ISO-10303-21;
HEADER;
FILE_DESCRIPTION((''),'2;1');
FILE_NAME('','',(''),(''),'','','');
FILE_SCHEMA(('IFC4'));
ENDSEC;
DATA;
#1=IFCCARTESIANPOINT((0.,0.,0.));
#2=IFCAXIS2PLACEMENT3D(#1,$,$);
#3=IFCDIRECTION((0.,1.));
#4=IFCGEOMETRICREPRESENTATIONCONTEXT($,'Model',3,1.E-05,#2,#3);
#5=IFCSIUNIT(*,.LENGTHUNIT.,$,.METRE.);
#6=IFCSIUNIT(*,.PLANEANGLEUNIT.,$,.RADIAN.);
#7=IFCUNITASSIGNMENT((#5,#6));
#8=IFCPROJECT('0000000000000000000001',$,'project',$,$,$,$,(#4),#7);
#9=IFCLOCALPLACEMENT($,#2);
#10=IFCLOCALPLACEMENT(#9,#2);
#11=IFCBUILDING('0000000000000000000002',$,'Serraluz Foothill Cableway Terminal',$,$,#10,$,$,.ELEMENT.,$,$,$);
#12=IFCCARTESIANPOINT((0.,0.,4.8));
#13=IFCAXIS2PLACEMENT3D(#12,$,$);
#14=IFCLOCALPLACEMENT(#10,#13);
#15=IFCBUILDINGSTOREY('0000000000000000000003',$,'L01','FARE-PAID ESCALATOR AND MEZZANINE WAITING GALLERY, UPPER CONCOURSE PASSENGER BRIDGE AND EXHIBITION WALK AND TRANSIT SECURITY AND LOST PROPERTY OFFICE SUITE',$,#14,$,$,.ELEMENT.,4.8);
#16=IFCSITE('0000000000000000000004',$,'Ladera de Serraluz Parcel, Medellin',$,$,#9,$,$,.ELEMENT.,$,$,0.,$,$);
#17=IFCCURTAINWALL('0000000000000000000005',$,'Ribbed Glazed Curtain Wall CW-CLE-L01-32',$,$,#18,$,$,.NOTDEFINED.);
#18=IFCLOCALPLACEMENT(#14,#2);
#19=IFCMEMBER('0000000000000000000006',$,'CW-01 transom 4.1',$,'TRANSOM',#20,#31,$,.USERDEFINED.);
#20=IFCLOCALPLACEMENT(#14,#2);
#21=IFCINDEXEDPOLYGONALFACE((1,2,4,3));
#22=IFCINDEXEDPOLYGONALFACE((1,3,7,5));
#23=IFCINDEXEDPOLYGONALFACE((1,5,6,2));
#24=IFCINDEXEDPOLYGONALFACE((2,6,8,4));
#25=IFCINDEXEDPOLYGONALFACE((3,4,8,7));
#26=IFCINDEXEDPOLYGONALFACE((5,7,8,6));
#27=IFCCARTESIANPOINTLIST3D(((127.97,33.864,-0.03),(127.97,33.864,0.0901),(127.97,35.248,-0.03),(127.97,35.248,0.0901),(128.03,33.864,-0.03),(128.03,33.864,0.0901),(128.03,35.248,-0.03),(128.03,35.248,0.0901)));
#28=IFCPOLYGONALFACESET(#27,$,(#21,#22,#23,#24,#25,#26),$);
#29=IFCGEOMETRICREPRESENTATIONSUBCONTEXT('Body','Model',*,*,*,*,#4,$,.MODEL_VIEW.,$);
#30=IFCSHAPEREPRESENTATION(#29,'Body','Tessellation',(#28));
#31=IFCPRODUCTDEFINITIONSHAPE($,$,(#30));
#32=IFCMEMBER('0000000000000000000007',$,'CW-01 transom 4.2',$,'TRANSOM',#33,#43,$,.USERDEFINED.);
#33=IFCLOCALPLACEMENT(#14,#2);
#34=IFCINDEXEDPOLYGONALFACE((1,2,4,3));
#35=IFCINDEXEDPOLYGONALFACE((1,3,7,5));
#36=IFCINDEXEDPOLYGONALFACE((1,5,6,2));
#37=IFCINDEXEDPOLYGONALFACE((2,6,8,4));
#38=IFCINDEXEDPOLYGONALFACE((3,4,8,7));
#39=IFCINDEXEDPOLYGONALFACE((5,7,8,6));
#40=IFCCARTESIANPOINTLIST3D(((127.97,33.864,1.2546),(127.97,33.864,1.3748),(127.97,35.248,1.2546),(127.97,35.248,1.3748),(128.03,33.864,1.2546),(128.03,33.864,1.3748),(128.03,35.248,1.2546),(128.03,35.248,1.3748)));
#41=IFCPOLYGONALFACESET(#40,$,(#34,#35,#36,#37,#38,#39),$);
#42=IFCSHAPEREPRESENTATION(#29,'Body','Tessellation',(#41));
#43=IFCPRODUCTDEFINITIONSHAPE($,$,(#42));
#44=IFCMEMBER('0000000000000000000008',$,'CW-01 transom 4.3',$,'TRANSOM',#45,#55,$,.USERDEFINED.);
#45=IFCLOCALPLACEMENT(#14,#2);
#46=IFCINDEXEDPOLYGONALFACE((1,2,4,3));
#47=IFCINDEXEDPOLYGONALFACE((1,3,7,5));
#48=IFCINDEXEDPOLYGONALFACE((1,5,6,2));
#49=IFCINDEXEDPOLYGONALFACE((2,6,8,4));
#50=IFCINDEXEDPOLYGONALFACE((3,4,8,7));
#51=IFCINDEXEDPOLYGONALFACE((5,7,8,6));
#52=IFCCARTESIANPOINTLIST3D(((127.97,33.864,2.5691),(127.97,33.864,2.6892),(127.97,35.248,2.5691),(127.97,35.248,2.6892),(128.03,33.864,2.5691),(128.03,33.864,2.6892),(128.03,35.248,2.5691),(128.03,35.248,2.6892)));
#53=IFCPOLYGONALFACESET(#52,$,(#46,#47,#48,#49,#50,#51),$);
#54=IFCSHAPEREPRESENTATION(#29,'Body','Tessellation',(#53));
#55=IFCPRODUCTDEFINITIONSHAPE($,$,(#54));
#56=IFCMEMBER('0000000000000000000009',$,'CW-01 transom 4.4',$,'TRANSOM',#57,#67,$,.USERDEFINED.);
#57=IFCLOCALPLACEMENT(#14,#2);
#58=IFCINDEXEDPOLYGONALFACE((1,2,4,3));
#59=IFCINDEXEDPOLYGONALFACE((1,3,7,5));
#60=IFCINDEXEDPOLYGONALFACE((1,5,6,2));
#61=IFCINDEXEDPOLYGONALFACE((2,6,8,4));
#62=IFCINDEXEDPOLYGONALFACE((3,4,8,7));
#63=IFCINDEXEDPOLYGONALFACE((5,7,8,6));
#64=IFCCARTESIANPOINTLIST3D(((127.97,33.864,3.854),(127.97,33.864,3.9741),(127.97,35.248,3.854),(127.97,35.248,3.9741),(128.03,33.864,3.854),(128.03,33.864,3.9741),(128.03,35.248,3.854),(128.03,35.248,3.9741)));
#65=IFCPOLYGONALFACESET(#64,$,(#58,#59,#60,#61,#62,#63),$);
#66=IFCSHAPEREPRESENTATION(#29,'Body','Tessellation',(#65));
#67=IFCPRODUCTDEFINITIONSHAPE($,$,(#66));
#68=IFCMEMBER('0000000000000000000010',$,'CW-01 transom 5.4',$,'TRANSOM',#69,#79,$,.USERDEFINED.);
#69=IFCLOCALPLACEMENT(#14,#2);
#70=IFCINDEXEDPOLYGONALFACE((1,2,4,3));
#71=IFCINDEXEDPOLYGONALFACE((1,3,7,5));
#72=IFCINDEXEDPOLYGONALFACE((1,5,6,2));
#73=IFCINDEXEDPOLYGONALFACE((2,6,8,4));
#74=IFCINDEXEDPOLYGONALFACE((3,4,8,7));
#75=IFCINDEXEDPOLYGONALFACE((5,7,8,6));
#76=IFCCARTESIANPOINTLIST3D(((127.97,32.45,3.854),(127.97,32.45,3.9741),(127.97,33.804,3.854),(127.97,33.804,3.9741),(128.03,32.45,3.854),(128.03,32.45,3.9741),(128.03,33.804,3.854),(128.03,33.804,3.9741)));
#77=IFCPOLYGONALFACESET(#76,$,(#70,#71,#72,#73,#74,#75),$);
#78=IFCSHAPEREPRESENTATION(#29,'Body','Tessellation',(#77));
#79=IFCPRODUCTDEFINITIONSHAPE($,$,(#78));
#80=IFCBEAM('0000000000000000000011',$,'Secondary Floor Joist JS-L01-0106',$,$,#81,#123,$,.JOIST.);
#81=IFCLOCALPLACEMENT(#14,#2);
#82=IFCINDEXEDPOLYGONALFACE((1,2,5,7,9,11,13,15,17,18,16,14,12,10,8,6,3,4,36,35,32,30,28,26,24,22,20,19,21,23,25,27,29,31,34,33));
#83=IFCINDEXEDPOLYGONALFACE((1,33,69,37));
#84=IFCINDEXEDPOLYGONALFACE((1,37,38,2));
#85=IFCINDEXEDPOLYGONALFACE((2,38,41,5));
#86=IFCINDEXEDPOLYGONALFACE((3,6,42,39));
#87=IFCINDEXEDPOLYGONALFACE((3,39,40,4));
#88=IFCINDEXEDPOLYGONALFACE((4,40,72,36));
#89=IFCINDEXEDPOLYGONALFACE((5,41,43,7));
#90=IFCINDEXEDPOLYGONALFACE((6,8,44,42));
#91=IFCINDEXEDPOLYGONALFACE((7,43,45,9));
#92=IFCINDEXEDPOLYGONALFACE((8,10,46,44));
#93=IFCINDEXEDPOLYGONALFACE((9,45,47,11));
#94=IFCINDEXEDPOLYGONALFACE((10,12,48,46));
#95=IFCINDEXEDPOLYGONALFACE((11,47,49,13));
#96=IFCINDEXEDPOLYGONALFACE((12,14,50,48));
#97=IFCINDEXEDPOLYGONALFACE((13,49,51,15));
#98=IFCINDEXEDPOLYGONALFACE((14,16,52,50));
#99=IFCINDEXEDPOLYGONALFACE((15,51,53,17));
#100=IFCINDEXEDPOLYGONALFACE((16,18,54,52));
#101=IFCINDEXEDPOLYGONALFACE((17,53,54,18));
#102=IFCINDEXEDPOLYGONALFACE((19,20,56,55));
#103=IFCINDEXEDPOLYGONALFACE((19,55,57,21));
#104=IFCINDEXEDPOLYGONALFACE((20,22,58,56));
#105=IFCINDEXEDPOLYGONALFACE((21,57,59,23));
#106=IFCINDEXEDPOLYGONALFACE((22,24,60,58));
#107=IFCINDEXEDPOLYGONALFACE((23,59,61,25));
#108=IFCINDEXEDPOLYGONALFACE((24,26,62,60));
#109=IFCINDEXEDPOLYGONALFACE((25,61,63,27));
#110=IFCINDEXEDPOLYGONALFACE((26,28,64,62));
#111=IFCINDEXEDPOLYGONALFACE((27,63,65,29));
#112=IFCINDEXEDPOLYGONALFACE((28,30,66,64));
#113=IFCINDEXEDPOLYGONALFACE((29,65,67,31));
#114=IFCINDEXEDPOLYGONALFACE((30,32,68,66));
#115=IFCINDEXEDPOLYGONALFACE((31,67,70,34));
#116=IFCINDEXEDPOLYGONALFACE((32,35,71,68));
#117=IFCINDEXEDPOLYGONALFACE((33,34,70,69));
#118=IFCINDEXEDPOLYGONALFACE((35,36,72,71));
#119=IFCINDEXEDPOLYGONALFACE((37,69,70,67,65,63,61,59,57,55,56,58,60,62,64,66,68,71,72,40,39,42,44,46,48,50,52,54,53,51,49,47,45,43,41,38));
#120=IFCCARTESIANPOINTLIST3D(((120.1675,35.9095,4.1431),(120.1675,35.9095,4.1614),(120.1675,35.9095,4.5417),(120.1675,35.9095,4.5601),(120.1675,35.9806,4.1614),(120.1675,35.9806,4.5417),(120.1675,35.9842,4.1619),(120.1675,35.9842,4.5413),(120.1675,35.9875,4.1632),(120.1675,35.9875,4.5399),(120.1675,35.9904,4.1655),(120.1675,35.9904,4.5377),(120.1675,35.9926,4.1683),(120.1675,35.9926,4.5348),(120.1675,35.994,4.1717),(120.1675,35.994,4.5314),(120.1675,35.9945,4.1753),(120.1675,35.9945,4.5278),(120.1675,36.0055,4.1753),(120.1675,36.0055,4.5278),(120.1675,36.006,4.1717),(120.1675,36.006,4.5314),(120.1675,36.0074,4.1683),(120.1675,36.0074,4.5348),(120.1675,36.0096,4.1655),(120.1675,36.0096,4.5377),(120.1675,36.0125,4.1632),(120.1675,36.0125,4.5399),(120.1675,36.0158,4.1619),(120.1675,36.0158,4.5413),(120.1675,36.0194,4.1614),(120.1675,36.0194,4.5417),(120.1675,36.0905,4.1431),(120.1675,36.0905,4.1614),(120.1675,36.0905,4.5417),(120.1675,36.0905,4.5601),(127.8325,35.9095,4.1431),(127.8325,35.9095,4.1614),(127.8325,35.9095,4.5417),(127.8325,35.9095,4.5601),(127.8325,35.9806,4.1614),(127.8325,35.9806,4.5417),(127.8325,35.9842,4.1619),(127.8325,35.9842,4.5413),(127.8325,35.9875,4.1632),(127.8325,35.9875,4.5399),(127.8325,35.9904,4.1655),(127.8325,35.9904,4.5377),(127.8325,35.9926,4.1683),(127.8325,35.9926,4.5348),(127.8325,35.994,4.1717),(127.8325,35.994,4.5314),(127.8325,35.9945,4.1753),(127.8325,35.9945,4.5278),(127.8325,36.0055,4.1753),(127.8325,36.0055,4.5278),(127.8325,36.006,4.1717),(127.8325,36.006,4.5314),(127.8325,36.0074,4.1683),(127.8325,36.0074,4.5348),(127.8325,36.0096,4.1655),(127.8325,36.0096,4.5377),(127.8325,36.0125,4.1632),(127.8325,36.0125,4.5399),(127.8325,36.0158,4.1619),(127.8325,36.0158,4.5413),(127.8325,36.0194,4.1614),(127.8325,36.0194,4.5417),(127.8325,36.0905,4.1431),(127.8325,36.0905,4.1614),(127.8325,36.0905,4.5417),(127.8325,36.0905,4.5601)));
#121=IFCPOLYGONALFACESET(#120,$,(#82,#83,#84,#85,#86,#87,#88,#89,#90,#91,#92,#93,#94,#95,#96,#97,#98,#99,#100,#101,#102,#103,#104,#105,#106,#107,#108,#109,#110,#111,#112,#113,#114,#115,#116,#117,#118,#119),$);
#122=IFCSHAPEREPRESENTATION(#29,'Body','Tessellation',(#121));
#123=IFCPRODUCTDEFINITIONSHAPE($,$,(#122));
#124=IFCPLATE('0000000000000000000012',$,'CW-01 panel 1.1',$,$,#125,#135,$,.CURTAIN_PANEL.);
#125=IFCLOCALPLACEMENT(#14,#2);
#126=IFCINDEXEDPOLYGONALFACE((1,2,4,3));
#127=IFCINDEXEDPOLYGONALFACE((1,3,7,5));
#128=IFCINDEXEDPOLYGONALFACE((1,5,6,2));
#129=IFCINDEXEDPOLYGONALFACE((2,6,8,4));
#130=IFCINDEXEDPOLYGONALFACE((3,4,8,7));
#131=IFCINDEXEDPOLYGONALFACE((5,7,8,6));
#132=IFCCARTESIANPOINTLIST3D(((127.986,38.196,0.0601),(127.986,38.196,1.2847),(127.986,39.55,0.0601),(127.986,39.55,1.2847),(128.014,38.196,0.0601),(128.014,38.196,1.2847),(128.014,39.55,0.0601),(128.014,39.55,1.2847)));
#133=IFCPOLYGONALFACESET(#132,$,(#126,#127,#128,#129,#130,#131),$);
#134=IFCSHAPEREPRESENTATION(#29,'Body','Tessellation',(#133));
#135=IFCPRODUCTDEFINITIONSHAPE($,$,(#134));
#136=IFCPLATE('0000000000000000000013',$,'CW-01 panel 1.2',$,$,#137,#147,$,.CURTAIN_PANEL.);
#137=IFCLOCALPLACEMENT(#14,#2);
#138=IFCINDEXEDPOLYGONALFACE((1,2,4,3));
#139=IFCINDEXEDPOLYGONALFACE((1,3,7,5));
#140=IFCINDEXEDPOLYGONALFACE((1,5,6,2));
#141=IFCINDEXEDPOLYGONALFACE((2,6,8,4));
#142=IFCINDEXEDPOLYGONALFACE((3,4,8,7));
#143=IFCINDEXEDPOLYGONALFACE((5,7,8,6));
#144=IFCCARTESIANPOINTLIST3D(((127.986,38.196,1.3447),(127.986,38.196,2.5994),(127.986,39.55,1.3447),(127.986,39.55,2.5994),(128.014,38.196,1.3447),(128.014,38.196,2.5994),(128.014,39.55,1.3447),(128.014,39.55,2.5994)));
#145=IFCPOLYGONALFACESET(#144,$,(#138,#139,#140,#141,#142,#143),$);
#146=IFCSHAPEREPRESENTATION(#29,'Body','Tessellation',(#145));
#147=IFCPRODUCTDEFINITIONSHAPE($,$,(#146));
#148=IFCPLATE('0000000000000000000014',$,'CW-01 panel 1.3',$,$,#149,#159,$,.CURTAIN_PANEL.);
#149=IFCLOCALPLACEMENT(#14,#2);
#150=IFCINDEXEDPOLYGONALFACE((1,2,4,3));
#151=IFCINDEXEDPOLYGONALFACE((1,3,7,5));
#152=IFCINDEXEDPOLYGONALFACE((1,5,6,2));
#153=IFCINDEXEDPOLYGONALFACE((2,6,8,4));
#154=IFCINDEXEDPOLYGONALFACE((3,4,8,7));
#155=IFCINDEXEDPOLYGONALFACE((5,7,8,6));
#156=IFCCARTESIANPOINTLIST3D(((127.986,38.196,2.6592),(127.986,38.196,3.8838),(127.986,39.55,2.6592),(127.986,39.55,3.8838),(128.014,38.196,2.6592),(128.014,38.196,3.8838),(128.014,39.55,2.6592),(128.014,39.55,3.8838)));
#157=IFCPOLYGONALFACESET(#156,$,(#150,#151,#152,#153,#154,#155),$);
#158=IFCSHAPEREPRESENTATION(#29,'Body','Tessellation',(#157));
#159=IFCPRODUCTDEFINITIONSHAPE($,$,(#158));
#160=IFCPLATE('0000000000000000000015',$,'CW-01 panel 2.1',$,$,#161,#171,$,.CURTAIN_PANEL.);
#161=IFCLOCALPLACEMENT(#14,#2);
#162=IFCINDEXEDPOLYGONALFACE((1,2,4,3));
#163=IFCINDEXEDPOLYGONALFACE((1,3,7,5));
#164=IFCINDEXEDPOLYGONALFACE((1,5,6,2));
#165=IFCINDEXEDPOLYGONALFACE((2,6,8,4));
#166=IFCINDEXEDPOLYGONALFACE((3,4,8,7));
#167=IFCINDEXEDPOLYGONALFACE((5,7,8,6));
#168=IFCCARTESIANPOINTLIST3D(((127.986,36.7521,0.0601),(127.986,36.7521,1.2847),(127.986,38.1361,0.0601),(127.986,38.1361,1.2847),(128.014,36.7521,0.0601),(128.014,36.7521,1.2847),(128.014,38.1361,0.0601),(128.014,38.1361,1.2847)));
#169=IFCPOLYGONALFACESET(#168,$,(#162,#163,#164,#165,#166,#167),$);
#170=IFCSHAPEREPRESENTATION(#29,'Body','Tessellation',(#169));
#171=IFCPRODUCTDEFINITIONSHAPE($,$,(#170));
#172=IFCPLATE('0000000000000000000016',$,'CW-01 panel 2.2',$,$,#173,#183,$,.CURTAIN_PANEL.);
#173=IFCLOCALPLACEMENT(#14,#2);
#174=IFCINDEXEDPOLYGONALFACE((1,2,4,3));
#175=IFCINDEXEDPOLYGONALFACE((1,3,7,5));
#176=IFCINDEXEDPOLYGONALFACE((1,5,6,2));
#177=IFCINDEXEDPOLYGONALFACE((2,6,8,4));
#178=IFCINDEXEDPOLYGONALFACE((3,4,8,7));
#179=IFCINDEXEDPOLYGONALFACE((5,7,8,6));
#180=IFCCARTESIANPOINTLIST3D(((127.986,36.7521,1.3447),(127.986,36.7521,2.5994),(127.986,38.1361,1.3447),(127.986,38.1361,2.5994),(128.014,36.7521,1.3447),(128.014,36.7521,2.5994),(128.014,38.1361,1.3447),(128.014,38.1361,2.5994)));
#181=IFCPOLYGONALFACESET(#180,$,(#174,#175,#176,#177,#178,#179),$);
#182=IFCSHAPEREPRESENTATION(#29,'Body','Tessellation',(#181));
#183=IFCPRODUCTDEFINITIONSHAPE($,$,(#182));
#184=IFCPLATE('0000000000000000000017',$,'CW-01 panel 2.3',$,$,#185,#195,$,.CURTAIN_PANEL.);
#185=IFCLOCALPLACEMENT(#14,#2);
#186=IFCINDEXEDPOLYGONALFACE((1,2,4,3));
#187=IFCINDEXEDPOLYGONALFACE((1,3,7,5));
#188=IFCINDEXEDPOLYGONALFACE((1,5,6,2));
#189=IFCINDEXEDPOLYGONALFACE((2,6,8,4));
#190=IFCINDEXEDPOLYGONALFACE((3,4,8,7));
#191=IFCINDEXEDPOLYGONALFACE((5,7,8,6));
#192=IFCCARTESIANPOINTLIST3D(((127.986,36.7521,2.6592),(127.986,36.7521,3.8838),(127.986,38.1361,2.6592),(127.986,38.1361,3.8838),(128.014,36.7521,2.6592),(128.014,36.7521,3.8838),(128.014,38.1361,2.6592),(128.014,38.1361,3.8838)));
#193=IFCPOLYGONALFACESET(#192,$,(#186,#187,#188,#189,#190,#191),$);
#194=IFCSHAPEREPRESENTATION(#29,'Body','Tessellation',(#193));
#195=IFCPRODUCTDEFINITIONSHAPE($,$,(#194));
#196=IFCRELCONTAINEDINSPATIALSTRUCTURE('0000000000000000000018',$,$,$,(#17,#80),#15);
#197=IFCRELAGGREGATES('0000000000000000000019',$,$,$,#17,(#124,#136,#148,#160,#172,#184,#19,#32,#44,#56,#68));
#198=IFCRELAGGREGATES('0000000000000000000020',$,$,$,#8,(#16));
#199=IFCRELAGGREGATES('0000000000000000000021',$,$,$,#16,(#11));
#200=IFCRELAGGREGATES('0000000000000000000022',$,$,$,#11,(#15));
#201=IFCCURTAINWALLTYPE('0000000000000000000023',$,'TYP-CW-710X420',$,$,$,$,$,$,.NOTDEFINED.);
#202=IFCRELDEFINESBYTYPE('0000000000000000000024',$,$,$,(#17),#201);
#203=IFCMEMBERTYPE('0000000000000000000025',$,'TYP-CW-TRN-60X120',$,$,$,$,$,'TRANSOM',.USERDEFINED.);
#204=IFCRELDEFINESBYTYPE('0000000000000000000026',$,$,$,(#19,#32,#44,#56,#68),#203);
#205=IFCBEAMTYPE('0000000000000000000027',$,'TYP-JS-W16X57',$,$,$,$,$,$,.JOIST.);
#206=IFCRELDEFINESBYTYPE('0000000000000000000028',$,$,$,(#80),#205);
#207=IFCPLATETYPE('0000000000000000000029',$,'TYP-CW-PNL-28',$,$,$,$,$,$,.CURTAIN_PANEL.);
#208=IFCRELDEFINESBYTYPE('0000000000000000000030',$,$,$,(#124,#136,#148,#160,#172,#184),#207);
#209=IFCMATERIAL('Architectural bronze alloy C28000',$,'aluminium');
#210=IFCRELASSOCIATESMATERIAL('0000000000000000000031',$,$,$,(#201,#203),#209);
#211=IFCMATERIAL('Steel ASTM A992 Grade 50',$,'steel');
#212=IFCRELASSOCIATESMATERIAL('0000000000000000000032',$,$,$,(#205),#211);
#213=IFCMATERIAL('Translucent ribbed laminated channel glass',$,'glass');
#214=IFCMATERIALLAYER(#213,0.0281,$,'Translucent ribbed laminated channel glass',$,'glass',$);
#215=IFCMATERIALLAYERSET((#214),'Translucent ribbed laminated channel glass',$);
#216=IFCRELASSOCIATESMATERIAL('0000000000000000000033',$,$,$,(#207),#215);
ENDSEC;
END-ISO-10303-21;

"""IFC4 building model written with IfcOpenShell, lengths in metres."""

from ifc_helpers import new_model, si_unit, direction, frame, origin, origin_2d, place, context, subcontext, project, spatial, rectangle, i_section, extrude, material, layer, layer_set, material_profile, profile_set, type_object, element, aggregate, save


model = new_model("IFC4")

# Units and contexts
model_context = context("Model", 3, precision=1e-05, world=origin(), true_north=direction((0.0, 1.0)))
body_context = subcontext(model_context, "Body", "Model", "MODEL_VIEW")
ifc_project = project(units=[si_unit("LENGTHUNIT", "METRE"), si_unit("PLANEANGLEUNIT", "RADIAN")], contexts=[model_context])

# Site, building, storey
site_placement = place(None, origin())
site = spatial("IfcSite", under=ifc_project, at=site_placement, Name="Ladera de Serraluz Parcel, Medellin", CompositionType="ELEMENT", RefElevation=0.0)
building_placement = place(site_placement, origin())
building = spatial("IfcBuilding", under=site, at=building_placement, Name="Serraluz Foothill Cableway Terminal", CompositionType="ELEMENT")
storey_placement = place(building_placement, frame((0.0, 0.0, 4.8)))
storey = spatial("IfcBuildingStorey", under=building, at=storey_placement, Name="L01", Description="FARE-PAID ESCALATOR AND MEZZANINE WAITING GALLERY, UPPER CONCOURSE PASSENGER BRIDGE AND EXHIBITION WALK AND TRANSIT SECURITY AND LOST PROPERTY OFFICE SUITE", CompositionType="ELEMENT", Elevation=4.8)

# Curtain wall, members
ifc_material_1 = material(Name="Architectural bronze alloy C28000", Category="aluminium")
curtain_wall_type = type_object("IfcCurtainWallType", Name="TYP-CW-710X420", PredefinedType="NOTDEFINED", material=ifc_material_1)
curtain_wall_placement = place(storey_placement, origin())
curtain_wall = element("IfcCurtainWall", 1, at=curtain_wall_placement, inside=storey, type_object=curtain_wall_type, Name="Ribbed Glazed Curtain Wall CW-CLE-L01-32", PredefinedType="NOTDEFINED")
ifc_material_profile_1 = material_profile(ifc_material_1, rectangle(XDim=0.0601, YDim=0.1201, at=origin_2d()), Name="ALU TRANSOM 60x120")
ifc_profile_set_1 = profile_set([ifc_material_profile_1], Name="Architectural bronze alloy C28000")
member_type_1 = type_object("IfcMemberType", Name="TYP-CW-TRN-60X120", ElementType="TRANSOM", PredefinedType="USERDEFINED", material=ifc_profile_set_1)
member_1_placement = place(storey_placement, frame((128.0, 35.248, 0.03), z_axis=(0.0, -1.0, 0.0), x_axis=(1.0, 0.0, 0.0)))
member_1 = element("IfcMember", 2, at=member_1_placement, type_object=member_type_1, Name="CW-01 transom 4.1", ObjectType="TRANSOM", PredefinedType="USERDEFINED", context=body_context, shape_type="SweptSolid", body=[
    extrude(rectangle(XDim=0.0601, YDim=0.1201, at=origin_2d()), origin(), (0.0, 0.0, 1.0), 1.384),
])
member_2_placement = place(storey_placement, frame((128.0, 35.248, 1.3147), z_axis=(0.0, -1.0, 0.0), x_axis=(1.0, 0.0, 0.0)))
member_2 = element("IfcMember", 3, at=member_2_placement, type_object=member_type_1, Name="CW-01 transom 4.2", ObjectType="TRANSOM", PredefinedType="USERDEFINED", context=body_context, shape_type="SweptSolid", body=[
    extrude(rectangle(XDim=0.0601, YDim=0.1201, at=origin_2d()), origin(), (0.0, 0.0, 1.0), 1.384),
])
member_3_placement = place(storey_placement, frame((128.0, 35.248, 2.6292), z_axis=(0.0, -1.0, 0.0), x_axis=(1.0, 0.0, 0.0)))
member_3 = element("IfcMember", 4, at=member_3_placement, type_object=member_type_1, Name="CW-01 transom 4.3", ObjectType="TRANSOM", PredefinedType="USERDEFINED", context=body_context, shape_type="SweptSolid", body=[
    extrude(rectangle(XDim=0.0601, YDim=0.1201, at=origin_2d()), origin(), (0.0, 0.0, 1.0), 1.384),
])
member_4_placement = place(storey_placement, frame((128.0, 35.248, 3.9141), z_axis=(0.0, -1.0, 0.0), x_axis=(1.0, 0.0, 0.0)))
member_4 = element("IfcMember", 5, at=member_4_placement, type_object=member_type_1, Name="CW-01 transom 4.4", ObjectType="TRANSOM", PredefinedType="USERDEFINED", context=body_context, shape_type="SweptSolid", body=[
    extrude(rectangle(XDim=0.0601, YDim=0.1201, at=origin_2d()), origin(), (0.0, 0.0, 1.0), 1.384),
])
member_5_placement = place(storey_placement, frame((128.0, 33.804, 3.9141), z_axis=(0.0, -1.0, 0.0), x_axis=(1.0, 0.0, 0.0)))
member_5 = element("IfcMember", 6, at=member_5_placement, type_object=member_type_1, Name="CW-01 transom 5.4", ObjectType="TRANSOM", PredefinedType="USERDEFINED", context=body_context, shape_type="SweptSolid", body=[
    extrude(rectangle(XDim=0.0601, YDim=0.1201, at=origin_2d()), origin(), (0.0, 0.0, 1.0), 1.354),
])

# Beam
ifc_material_2 = material(Name="Steel ASTM A992 Grade 50", Category="steel")
ifc_material_profile_2 = material_profile(ifc_material_2, i_section(OverallWidth=0.1809, OverallDepth=0.417, WebThickness=0.011, FlangeThickness=0.0183, FilletRadius=0.0139, at=origin_2d()), Name="W16X57")
ifc_profile_set_2 = profile_set([ifc_material_profile_2], Name="Steel ASTM A992 Grade 50")
beam_type = type_object("IfcBeamType", Name="TYP-JS-W16X57", PredefinedType="JOIST", material=ifc_profile_set_2)
beam_placement = place(storey_placement, frame((120.1675, 36.0, 4.3516), z_axis=(1.0, 0.0, 0.0), x_axis=(0.0, 1.0, 0.0)))
element("IfcBeam", 7, at=beam_placement, inside=storey, type_object=beam_type, Name="Secondary Floor Joist JS-L01-0106", PredefinedType="JOIST", context=body_context, shape_type="SweptSolid", body=[
    extrude(i_section(OverallWidth=0.1809, OverallDepth=0.417, WebThickness=0.011, FlangeThickness=0.0183, FilletRadius=0.0139, at=origin_2d()), origin(), (0.0, 0.0, 1.0), 7.665),
])

# Plates
ifc_material_3 = material(Name="Translucent ribbed laminated channel glass", Category="glass")
ifc_layer = layer(ifc_material_3, 0.0281, Name="Translucent ribbed laminated channel glass", Category="glass")
ifc_layer_set = layer_set([ifc_layer], Name="Translucent ribbed laminated channel glass")
plate_type = type_object("IfcPlateType", Name="TYP-CW-PNL-28", PredefinedType="CURTAIN_PANEL", material=ifc_layer_set)
plate_1_placement = place(storey_placement, frame((128.0, 38.873, 0.0601), z_axis=(0.0, 0.0, 1.0), x_axis=(0.0, -1.0, 0.0)))
plate_1 = element("IfcPlate", 8, at=plate_1_placement, type_object=plate_type, Name="CW-01 panel 1.1", PredefinedType="CURTAIN_PANEL", context=body_context, shape_type="SweptSolid", body=[
    extrude(rectangle(XDim=1.354, YDim=0.0281, at=origin_2d()), origin(), (0.0, 0.0, 1.0), 1.2246),
])
plate_2_placement = place(storey_placement, frame((128.0, 38.873, 1.3447), z_axis=(0.0, 0.0, 1.0), x_axis=(0.0, -1.0, 0.0)))
plate_2 = element("IfcPlate", 9, at=plate_2_placement, type_object=plate_type, Name="CW-01 panel 1.2", PredefinedType="CURTAIN_PANEL", context=body_context, shape_type="SweptSolid", body=[
    extrude(rectangle(XDim=1.354, YDim=0.0281, at=origin_2d()), origin(), (0.0, 0.0, 1.0), 1.2546),
])
plate_3_placement = place(storey_placement, frame((128.0, 38.873, 2.6592), z_axis=(0.0, 0.0, 1.0), x_axis=(0.0, -1.0, 0.0)))
plate_3 = element("IfcPlate", 10, at=plate_3_placement, type_object=plate_type, Name="CW-01 panel 1.3", PredefinedType="CURTAIN_PANEL", context=body_context, shape_type="SweptSolid", body=[
    extrude(rectangle(XDim=1.354, YDim=0.0281, at=origin_2d()), origin(), (0.0, 0.0, 1.0), 1.2246),
])
plate_4_placement = place(storey_placement, frame((128.0, 37.4441, 0.0601), z_axis=(0.0, 0.0, 1.0), x_axis=(0.0, -1.0, 0.0)))
plate_4 = element("IfcPlate", 11, at=plate_4_placement, type_object=plate_type, Name="CW-01 panel 2.1", PredefinedType="CURTAIN_PANEL", context=body_context, shape_type="SweptSolid", body=[
    extrude(rectangle(XDim=1.384, YDim=0.0281, at=origin_2d()), origin(), (0.0, 0.0, 1.0), 1.2246),
])
plate_5_placement = place(storey_placement, frame((128.0, 37.4441, 1.3447), z_axis=(0.0, 0.0, 1.0), x_axis=(0.0, -1.0, 0.0)))
plate_5 = element("IfcPlate", 12, at=plate_5_placement, type_object=plate_type, Name="CW-01 panel 2.2", PredefinedType="CURTAIN_PANEL", context=body_context, shape_type="SweptSolid", body=[
    extrude(rectangle(XDim=1.384, YDim=0.0281, at=origin_2d()), origin(), (0.0, 0.0, 1.0), 1.2546),
])
plate_6_placement = place(storey_placement, frame((128.0, 37.4441, 2.6592), z_axis=(0.0, 0.0, 1.0), x_axis=(0.0, -1.0, 0.0)))
plate_6 = element("IfcPlate", 13, at=plate_6_placement, type_object=plate_type, Name="CW-01 panel 2.3", PredefinedType="CURTAIN_PANEL", context=body_context, shape_type="SweptSolid", body=[
    extrude(rectangle(XDim=1.384, YDim=0.0281, at=origin_2d()), origin(), (0.0, 0.0, 1.0), 1.2246),
])
aggregate(curtain_wall, [plate_1, plate_2, plate_3, plate_4, plate_5, plate_6, member_1, member_2, member_3, member_4, member_5])

save(model, "model.ifc")
